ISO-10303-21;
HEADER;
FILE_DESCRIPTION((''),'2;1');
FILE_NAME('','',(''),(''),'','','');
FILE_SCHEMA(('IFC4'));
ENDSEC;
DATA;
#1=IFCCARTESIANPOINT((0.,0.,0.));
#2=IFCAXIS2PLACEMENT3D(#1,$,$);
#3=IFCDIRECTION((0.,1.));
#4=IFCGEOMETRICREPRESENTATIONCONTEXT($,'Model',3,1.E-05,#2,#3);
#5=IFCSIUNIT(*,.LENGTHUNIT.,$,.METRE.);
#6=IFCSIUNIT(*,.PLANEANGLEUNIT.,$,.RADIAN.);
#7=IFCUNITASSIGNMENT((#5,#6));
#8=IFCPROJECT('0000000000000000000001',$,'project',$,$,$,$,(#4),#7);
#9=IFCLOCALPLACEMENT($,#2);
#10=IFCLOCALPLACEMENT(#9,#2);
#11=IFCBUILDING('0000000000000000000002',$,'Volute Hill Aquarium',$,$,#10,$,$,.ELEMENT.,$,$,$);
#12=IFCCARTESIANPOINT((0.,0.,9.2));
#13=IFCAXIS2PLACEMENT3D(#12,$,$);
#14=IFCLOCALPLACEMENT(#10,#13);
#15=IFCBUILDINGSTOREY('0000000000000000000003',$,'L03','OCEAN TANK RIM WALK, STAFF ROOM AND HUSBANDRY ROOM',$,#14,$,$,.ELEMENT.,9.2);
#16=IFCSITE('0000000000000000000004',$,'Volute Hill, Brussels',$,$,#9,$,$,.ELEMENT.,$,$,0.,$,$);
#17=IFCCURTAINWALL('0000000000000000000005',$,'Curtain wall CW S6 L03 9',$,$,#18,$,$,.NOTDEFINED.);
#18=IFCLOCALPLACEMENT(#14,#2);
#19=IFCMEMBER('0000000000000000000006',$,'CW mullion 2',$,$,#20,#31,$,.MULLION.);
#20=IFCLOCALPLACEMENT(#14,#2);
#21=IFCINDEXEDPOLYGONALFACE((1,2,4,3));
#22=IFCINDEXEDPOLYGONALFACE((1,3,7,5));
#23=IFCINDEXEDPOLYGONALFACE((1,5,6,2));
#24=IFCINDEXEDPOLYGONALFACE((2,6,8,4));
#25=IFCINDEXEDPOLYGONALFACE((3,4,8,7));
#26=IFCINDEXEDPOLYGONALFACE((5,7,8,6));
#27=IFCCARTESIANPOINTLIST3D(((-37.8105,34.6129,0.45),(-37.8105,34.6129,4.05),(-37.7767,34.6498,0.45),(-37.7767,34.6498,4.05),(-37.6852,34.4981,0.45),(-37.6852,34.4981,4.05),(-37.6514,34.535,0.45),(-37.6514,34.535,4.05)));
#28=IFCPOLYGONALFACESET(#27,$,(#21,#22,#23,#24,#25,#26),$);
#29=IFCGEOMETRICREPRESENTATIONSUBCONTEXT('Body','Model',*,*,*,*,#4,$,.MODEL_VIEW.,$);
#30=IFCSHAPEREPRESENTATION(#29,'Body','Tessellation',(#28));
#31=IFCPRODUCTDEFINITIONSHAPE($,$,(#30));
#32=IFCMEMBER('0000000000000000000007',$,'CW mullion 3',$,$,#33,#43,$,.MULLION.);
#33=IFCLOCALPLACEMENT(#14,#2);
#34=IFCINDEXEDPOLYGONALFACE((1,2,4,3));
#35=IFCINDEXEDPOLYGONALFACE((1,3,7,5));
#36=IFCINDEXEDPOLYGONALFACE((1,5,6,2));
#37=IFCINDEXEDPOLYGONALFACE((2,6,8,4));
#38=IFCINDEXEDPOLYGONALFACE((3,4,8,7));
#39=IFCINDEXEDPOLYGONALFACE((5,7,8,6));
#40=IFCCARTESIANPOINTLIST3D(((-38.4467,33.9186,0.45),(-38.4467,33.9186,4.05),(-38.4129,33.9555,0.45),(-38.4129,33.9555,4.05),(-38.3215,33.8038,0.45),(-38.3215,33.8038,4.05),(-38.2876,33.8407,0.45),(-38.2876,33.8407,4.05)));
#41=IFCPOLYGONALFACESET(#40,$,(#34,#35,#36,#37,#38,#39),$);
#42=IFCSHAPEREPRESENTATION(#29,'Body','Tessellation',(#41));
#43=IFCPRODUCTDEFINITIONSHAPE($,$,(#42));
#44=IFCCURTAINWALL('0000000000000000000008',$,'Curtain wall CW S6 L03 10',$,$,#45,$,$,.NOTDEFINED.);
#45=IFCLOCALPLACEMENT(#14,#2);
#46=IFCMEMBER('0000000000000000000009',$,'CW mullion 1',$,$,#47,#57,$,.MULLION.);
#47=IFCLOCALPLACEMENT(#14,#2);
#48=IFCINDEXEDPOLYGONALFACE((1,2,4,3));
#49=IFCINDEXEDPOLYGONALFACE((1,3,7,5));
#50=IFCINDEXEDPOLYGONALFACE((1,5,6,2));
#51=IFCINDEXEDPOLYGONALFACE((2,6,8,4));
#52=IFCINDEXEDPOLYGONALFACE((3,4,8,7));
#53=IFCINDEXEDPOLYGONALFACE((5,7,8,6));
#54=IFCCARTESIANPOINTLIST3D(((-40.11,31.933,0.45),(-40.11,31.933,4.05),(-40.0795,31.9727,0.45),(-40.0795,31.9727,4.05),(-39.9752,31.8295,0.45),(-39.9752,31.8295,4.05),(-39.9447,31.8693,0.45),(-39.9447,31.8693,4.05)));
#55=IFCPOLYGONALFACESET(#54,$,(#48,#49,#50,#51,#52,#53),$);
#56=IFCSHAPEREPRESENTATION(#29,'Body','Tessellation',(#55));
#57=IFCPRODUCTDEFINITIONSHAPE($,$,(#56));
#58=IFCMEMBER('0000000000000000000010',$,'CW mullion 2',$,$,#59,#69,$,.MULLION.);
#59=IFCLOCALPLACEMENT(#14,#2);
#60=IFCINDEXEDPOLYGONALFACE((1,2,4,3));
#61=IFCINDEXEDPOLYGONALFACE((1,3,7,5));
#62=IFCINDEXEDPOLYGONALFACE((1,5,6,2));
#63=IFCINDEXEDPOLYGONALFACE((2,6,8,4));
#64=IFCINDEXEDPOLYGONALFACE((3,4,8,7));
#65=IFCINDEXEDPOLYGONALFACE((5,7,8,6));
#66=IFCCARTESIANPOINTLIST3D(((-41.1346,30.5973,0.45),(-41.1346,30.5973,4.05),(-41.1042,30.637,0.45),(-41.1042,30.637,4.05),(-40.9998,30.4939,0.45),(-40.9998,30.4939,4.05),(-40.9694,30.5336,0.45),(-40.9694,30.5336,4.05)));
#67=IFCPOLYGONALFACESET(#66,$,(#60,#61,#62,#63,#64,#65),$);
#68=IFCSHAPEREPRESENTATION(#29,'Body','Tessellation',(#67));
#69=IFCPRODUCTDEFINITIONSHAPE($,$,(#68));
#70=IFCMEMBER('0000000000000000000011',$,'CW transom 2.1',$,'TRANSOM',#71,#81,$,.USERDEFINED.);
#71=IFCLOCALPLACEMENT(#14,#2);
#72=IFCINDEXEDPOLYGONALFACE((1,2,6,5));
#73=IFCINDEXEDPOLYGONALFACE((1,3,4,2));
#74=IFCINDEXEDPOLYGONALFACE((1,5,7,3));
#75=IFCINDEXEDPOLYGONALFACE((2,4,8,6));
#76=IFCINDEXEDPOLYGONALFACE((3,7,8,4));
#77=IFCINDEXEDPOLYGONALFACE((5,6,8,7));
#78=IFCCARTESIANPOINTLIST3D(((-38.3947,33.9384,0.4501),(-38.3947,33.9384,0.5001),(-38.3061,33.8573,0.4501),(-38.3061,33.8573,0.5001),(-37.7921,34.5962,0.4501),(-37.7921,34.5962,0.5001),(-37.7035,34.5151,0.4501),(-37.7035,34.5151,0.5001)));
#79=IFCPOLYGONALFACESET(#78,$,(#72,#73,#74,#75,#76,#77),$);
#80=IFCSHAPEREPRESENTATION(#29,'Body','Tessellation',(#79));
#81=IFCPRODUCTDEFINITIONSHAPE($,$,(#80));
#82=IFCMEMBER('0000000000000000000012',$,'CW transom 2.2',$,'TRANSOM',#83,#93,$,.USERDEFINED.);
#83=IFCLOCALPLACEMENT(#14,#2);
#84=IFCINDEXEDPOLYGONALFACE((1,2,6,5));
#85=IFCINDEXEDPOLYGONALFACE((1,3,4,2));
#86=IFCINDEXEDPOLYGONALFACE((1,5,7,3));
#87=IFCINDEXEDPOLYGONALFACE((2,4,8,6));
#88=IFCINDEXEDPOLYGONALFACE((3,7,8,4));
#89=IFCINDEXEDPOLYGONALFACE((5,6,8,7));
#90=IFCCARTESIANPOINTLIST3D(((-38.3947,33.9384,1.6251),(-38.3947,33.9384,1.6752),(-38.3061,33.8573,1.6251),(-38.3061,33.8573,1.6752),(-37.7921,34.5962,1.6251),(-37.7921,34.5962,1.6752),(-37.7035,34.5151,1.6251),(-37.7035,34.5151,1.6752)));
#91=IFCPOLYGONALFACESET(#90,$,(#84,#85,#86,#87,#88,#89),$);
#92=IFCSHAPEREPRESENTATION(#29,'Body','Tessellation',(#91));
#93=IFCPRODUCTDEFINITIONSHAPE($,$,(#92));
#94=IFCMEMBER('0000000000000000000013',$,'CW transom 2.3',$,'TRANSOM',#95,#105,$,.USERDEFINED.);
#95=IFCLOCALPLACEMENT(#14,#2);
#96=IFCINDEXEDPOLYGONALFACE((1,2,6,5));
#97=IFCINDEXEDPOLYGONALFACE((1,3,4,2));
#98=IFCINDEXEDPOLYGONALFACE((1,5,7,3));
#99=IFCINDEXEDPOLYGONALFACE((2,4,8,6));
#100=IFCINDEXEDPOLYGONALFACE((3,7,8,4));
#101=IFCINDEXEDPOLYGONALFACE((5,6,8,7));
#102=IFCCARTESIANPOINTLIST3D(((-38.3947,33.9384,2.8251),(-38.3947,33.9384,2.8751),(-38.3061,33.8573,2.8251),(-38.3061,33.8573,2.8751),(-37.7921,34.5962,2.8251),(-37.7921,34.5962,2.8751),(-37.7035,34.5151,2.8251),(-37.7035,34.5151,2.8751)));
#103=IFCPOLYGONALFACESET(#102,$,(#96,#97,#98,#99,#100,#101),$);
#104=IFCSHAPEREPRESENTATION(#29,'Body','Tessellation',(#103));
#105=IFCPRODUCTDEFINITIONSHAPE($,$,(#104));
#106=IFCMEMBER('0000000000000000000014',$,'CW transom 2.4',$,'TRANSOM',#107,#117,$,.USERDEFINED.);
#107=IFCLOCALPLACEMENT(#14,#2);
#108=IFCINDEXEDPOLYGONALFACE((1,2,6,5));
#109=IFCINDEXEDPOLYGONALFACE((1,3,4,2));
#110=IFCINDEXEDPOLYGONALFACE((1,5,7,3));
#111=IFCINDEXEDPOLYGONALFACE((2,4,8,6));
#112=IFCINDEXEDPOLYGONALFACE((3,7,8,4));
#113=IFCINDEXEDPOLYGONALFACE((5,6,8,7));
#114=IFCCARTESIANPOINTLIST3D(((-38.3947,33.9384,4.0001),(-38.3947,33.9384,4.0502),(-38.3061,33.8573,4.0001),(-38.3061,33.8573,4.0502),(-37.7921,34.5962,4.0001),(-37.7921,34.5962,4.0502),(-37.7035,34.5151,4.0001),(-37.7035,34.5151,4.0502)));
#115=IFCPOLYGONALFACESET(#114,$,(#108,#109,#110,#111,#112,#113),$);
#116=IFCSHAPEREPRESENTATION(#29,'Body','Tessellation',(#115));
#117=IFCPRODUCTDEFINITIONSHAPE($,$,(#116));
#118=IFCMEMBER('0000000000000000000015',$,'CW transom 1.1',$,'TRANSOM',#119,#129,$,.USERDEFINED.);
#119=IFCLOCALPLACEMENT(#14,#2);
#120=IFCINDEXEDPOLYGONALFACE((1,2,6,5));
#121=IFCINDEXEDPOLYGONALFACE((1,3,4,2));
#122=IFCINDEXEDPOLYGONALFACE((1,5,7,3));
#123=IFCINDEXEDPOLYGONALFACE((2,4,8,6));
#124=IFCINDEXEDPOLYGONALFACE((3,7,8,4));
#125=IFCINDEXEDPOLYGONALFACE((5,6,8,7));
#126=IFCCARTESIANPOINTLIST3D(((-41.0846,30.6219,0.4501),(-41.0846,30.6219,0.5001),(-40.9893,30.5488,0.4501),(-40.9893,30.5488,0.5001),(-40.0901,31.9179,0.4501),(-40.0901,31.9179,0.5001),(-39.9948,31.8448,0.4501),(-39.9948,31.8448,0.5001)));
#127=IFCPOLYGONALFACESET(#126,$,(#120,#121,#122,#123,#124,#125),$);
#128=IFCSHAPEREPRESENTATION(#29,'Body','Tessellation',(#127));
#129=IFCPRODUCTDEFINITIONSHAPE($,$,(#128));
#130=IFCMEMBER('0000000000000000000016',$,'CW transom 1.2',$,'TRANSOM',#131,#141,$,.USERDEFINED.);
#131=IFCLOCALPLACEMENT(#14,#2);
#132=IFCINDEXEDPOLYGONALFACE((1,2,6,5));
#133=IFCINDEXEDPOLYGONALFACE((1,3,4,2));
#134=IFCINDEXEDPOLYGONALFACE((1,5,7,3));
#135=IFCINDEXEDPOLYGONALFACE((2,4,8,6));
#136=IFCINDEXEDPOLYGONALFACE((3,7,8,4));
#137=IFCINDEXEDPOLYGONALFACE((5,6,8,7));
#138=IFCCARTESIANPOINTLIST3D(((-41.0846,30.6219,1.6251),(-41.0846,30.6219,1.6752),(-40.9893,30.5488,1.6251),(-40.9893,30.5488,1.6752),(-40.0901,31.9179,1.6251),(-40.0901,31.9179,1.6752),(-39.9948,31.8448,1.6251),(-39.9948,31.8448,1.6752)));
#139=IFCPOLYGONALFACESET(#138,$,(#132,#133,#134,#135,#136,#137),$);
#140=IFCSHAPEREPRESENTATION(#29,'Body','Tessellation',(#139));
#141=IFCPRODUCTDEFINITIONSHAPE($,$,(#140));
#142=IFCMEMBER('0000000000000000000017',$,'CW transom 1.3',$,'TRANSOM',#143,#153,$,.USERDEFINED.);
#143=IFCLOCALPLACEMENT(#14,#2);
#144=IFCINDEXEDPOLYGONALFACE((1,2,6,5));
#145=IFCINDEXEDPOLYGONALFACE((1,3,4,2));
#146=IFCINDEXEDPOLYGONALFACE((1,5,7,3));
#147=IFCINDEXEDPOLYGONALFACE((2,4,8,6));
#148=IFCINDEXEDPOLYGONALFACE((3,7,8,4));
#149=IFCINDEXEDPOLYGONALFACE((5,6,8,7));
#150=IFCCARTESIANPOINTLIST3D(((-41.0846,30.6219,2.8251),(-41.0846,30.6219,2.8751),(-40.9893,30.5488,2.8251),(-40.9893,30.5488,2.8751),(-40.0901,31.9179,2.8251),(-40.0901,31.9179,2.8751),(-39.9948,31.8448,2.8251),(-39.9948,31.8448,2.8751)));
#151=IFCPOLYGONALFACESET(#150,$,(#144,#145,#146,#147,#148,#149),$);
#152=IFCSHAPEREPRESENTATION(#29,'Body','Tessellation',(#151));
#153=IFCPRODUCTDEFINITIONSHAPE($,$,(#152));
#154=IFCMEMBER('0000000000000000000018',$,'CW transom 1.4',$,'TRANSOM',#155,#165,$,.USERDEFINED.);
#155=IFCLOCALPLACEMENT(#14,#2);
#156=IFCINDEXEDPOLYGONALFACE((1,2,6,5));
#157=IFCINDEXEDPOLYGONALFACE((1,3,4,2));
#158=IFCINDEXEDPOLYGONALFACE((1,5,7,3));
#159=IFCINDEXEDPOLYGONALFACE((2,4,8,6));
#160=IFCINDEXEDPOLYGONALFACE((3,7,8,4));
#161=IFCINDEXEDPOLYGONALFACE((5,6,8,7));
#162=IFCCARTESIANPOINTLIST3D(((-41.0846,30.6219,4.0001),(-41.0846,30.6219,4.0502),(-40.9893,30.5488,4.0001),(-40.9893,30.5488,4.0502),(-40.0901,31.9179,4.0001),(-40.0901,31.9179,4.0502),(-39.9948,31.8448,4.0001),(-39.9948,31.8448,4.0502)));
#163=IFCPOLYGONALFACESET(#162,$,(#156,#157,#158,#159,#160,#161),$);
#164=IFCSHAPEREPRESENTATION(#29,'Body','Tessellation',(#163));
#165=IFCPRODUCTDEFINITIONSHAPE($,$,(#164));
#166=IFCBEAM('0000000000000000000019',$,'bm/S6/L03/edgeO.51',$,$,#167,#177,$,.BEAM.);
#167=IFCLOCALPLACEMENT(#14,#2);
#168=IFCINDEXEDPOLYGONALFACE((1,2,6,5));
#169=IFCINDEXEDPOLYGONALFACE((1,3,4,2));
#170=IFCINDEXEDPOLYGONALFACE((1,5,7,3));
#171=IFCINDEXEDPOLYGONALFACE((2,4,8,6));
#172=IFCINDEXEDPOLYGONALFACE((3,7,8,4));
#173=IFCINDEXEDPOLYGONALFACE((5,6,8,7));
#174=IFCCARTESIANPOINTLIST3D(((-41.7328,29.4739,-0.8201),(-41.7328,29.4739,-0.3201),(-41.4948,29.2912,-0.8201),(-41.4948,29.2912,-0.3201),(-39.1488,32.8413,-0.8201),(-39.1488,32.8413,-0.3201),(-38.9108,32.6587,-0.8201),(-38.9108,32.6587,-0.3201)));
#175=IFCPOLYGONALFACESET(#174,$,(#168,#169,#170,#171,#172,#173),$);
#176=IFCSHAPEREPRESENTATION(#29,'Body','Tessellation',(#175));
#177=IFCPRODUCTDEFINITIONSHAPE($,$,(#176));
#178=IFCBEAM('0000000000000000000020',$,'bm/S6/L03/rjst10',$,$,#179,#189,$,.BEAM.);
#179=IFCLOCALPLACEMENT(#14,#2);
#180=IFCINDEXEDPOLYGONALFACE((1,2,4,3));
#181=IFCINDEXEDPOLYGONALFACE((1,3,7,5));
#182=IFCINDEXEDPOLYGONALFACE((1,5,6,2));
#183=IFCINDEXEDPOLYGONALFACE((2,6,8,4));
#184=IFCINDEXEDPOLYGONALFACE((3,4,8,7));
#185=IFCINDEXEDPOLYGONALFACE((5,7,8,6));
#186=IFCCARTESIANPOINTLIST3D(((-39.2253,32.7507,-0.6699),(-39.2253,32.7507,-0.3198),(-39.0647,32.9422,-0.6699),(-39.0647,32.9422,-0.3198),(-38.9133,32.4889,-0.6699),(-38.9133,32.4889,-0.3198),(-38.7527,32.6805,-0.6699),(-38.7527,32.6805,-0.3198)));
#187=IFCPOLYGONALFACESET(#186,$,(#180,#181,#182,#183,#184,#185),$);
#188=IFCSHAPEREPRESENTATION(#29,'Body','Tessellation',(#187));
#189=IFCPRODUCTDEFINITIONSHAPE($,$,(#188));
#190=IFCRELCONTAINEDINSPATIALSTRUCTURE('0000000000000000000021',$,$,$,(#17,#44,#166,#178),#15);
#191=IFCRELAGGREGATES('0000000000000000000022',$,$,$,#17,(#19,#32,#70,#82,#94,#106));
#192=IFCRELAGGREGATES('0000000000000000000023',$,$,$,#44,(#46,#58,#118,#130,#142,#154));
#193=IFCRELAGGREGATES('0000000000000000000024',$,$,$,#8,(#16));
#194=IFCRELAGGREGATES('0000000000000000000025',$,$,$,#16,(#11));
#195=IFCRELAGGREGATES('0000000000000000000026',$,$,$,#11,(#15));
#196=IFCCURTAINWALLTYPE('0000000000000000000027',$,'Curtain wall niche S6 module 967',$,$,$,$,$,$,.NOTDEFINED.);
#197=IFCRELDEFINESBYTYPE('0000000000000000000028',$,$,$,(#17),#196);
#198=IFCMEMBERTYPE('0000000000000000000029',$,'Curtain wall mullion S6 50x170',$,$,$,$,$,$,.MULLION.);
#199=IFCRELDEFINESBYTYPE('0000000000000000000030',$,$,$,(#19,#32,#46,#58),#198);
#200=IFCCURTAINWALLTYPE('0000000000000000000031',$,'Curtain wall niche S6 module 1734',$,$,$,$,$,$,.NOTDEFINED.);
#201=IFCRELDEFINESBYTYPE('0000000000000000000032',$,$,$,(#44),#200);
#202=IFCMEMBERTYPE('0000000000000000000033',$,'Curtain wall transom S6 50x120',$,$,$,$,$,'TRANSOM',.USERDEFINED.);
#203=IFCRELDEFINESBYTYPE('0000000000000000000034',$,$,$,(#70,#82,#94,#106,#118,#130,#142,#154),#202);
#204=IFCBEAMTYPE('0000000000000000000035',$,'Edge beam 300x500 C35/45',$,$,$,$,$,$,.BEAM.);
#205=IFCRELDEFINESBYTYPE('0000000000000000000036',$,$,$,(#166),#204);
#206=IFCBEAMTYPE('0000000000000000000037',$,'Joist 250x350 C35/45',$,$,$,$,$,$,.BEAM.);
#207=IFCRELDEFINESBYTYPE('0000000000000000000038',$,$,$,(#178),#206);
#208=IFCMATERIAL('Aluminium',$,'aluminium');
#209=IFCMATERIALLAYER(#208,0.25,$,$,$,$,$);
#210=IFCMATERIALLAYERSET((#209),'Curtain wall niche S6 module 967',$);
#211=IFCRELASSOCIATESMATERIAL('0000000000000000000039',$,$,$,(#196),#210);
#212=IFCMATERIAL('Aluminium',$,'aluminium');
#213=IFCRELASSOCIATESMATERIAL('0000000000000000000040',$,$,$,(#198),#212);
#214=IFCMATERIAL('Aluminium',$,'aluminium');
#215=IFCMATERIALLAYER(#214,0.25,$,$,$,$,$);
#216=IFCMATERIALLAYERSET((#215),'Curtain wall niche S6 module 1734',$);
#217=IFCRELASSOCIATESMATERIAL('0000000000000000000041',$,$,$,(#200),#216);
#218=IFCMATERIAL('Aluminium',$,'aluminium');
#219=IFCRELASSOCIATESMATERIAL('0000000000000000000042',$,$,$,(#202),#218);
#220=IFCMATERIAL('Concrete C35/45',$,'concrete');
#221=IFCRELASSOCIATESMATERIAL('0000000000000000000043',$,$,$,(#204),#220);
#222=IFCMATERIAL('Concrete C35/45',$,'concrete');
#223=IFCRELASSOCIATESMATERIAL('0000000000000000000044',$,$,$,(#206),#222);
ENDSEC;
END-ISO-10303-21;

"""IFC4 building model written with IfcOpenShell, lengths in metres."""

from ifc_helpers import new_model, si_unit, direction, frame, origin, origin_2d, place, context, subcontext, project, spatial, rectangle, extrude, material, layer, layer_set, material_profile, profile_set, type_object, element, aggregate, save


model = new_model("IFC4")

# Units and contexts
model_context = context("Model", 3, precision=1e-05, world=origin(), true_north=direction((0.0, 1.0)))
body_context = subcontext(model_context, "Body", "Model", "MODEL_VIEW")
ifc_project = project(units=[si_unit("LENGTHUNIT", "METRE"), si_unit("PLANEANGLEUNIT", "RADIAN")], contexts=[model_context])

# Site, building, storey
site_placement = place(None, origin())
site = spatial("IfcSite", under=ifc_project, at=site_placement, Name="Volute Hill, Brussels", CompositionType="ELEMENT", RefElevation=0.0)
building_placement = place(site_placement, origin())
building = spatial("IfcBuilding", under=site, at=building_placement, Name="Volute Hill Aquarium", CompositionType="ELEMENT")
storey_placement = place(building_placement, frame((0.0, 0.0, 9.2)))
storey = spatial("IfcBuildingStorey", under=building, at=storey_placement, Name="L03", Description="OCEAN TANK RIM WALK, STAFF ROOM AND HUSBANDRY ROOM", CompositionType="ELEMENT", Elevation=9.2)

# Curtain walls, members
ifc_material_1 = material(Name="Aluminium", Category="aluminium")
ifc_layer_1 = layer(ifc_material_1, 0.25)
ifc_layer_set_1 = layer_set([ifc_layer_1], Name="Curtain wall niche S6 module 967")
curtain_wall_type_1 = type_object("IfcCurtainWallType", Name="Curtain wall niche S6 module 967", PredefinedType="NOTDEFINED", material=ifc_layer_set_1)
curtain_wall_1_placement = place(storey_placement, origin())
curtain_wall_1 = element("IfcCurtainWall", 1, at=curtain_wall_1_placement, inside=storey, type_object=curtain_wall_type_1, Name="Curtain wall CW S6 L03 9", PredefinedType="NOTDEFINED")
ifc_material_2 = material(Name="Aluminium", Category="aluminium")
ifc_material_profile_1 = material_profile(ifc_material_2, rectangle(XDim=0.1699, YDim=0.05, at=origin_2d()), Name="Curtain wall mullion S6 50x170")
ifc_profile_set_1 = profile_set([ifc_material_profile_1], Name="Aluminium")
member_type_1 = type_object("IfcMemberType", Name="Curtain wall mullion S6 50x170", PredefinedType="MULLION", material=ifc_profile_set_1)
member_1_placement = place(storey_placement, frame((-37.731, 34.574, 0.45), z_axis=(0.0, 0.0, 1.0), x_axis=(0.737285, -0.675582, 0.0)))
member_1 = element("IfcMember", 2, at=member_1_placement, type_object=member_type_1, Name="CW mullion 2", PredefinedType="MULLION", context=body_context, shape_type="SweptSolid", body=[
    extrude(rectangle(XDim=0.1699, YDim=0.05, at=origin_2d()), origin(), (0.0, 0.0, 1.0), 3.6001),
])
member_2_placement = place(storey_placement, frame((-38.3672, 33.8796, 0.45), z_axis=(0.0, 0.0, 1.0), x_axis=(0.737285, -0.675582, 0.0)))
member_2 = element("IfcMember", 3, at=member_2_placement, type_object=member_type_1, Name="CW mullion 3", PredefinedType="MULLION", context=body_context, shape_type="SweptSolid", body=[
    extrude(rectangle(XDim=0.1699, YDim=0.05, at=origin_2d()), origin(), (0.0, 0.0, 1.0), 3.6001),
])
ifc_material_3 = material(Name="Aluminium", Category="aluminium")
ifc_layer_2 = layer(ifc_material_3, 0.25)
ifc_layer_set_2 = layer_set([ifc_layer_2], Name="Curtain wall niche S6 module 1734")
curtain_wall_type_2 = type_object("IfcCurtainWallType", Name="Curtain wall niche S6 module 1734", PredefinedType="NOTDEFINED", material=ifc_layer_set_2)
curtain_wall_2_placement = place(storey_placement, origin())
curtain_wall_2 = element("IfcCurtainWall", 4, at=curtain_wall_2_placement, inside=storey, type_object=curtain_wall_type_2, Name="Curtain wall CW S6 L03 10", PredefinedType="NOTDEFINED")
member_3_placement = place(storey_placement, frame((-40.0273, 31.9011, 0.45), z_axis=(0.0, 0.0, 1.0), x_axis=(0.793349, -0.608767, 0.0)))
member_3 = element("IfcMember", 5, at=member_3_placement, type_object=member_type_1, Name="CW mullion 1", PredefinedType="MULLION", context=body_context, shape_type="SweptSolid", body=[
    extrude(rectangle(XDim=0.1699, YDim=0.05, at=origin_2d()), origin(), (0.0, 0.0, 1.0), 3.6001),
])
member_4_placement = place(storey_placement, frame((-41.052, 30.5654, 0.45), z_axis=(0.0, 0.0, 1.0), x_axis=(0.793349, -0.608767, 0.0)))
member_4 = element("IfcMember", 6, at=member_4_placement, type_object=member_type_1, Name="CW mullion 2", PredefinedType="MULLION", context=body_context, shape_type="SweptSolid", body=[
    extrude(rectangle(XDim=0.1699, YDim=0.05, at=origin_2d()), origin(), (0.0, 0.0, 1.0), 3.6001),
])

# Members
ifc_material_4 = material(Name="Aluminium", Category="aluminium")
ifc_material_profile_2 = material_profile(ifc_material_4, rectangle(XDim=0.1201, YDim=0.05, at=origin_2d()), Name="Curtain wall transom S6 50x120")
ifc_profile_set_2 = profile_set([ifc_material_profile_2], Name="Aluminium")
member_type_2 = type_object("IfcMemberType", Name="Curtain wall transom S6 50x120", ElementType="TRANSOM", PredefinedType="USERDEFINED", material=ifc_profile_set_2)
member_5_placement = place(storey_placement, frame((-37.7478, 34.5557, 0.4751), z_axis=(-0.675502, -0.737359, 0.0), x_axis=(0.737359, -0.675502, 0.0)))
member_5 = element("IfcMember", 7, at=member_5_placement, type_object=member_type_2, Name="CW transom 2.1", ObjectType="TRANSOM", PredefinedType="USERDEFINED", context=body_context, shape_type="SweptSolid", body=[
    extrude(rectangle(XDim=0.1201, YDim=0.05, at=origin_2d()), origin(), (0.0, 0.0, 1.0), 0.8921),
])
member_6_placement = place(storey_placement, frame((-37.7478, 34.5557, 1.6501), z_axis=(-0.675502, -0.737359, 0.0), x_axis=(0.737359, -0.675502, 0.0)))
member_6 = element("IfcMember", 8, at=member_6_placement, type_object=member_type_2, Name="CW transom 2.2", ObjectType="TRANSOM", PredefinedType="USERDEFINED", context=body_context, shape_type="SweptSolid", body=[
    extrude(rectangle(XDim=0.1201, YDim=0.05, at=origin_2d()), origin(), (0.0, 0.0, 1.0), 0.8921),
])
member_7_placement = place(storey_placement, frame((-37.7478, 34.5557, 2.8501), z_axis=(-0.675502, -0.737359, 0.0), x_axis=(0.737359, -0.675502, 0.0)))
member_7 = element("IfcMember", 9, at=member_7_placement, type_object=member_type_2, Name="CW transom 2.3", ObjectType="TRANSOM", PredefinedType="USERDEFINED", context=body_context, shape_type="SweptSolid", body=[
    extrude(rectangle(XDim=0.1201, YDim=0.05, at=origin_2d()), origin(), (0.0, 0.0, 1.0), 0.8921),
])
member_8_placement = place(storey_placement, frame((-37.7478, 34.5557, 4.0251), z_axis=(-0.675502, -0.737359, 0.0), x_axis=(0.737359, -0.675502, 0.0)))
member_8 = element("IfcMember", 10, at=member_8_placement, type_object=member_type_2, Name="CW transom 2.4", ObjectType="TRANSOM", PredefinedType="USERDEFINED", context=body_context, shape_type="SweptSolid", body=[
    extrude(rectangle(XDim=0.1201, YDim=0.05, at=origin_2d()), origin(), (0.0, 0.0, 1.0), 0.8921),
])
member_9_placement = place(storey_placement, frame((-40.0425, 31.8813, 0.4751), z_axis=(-0.608764, -0.793351, 0.0), x_axis=(0.793351, -0.608764, 0.0)))
member_9 = element("IfcMember", 11, at=member_9_placement, type_object=member_type_2, Name="CW transom 1.1", ObjectType="TRANSOM", PredefinedType="USERDEFINED", context=body_context, shape_type="SweptSolid", body=[
    extrude(rectangle(XDim=0.1201, YDim=0.05, at=origin_2d()), origin(), (0.0, 0.0, 1.0), 1.6335),
])
member_10_placement = place(storey_placement, frame((-40.0425, 31.8813, 1.6501), z_axis=(-0.608764, -0.793351, 0.0), x_axis=(0.793351, -0.608764, 0.0)))
member_10 = element("IfcMember", 12, at=member_10_placement, type_object=member_type_2, Name="CW transom 1.2", ObjectType="TRANSOM", PredefinedType="USERDEFINED", context=body_context, shape_type="SweptSolid", body=[
    extrude(rectangle(XDim=0.1201, YDim=0.05, at=origin_2d()), origin(), (0.0, 0.0, 1.0), 1.6335),
])
member_11_placement = place(storey_placement, frame((-40.0425, 31.8813, 2.8501), z_axis=(-0.608764, -0.793351, 0.0), x_axis=(0.793351, -0.608764, 0.0)))
member_11 = element("IfcMember", 13, at=member_11_placement, type_object=member_type_2, Name="CW transom 1.3", ObjectType="TRANSOM", PredefinedType="USERDEFINED", context=body_context, shape_type="SweptSolid", body=[
    extrude(rectangle(XDim=0.1201, YDim=0.05, at=origin_2d()), origin(), (0.0, 0.0, 1.0), 1.6335),
])
member_12_placement = place(storey_placement, frame((-40.0425, 31.8813, 4.0251), z_axis=(-0.608764, -0.793351, 0.0), x_axis=(0.793351, -0.608764, 0.0)))
member_12 = element("IfcMember", 14, at=member_12_placement, type_object=member_type_2, Name="CW transom 1.4", ObjectType="TRANSOM", PredefinedType="USERDEFINED", context=body_context, shape_type="SweptSolid", body=[
    extrude(rectangle(XDim=0.1201, YDim=0.05, at=origin_2d()), origin(), (0.0, 0.0, 1.0), 1.6335),
])

# Beams
ifc_material_5 = material(Name="Concrete C35/45", Category="concrete")
ifc_material_profile_3 = material_profile(ifc_material_5, rectangle(XDim=0.3, YDim=0.5, at=origin_2d()), Name="RC edge beam 300x500")
ifc_profile_set_3 = profile_set([ifc_material_profile_3], Name="Concrete C35/45")
beam_type_1 = type_object("IfcBeamType", Name="Edge beam 300x500 C35/45", PredefinedType="BEAM", material=ifc_profile_set_3)
beam_1_placement = place(storey_placement, frame((-39.0298, 32.75, -0.5701), z_axis=(-0.608771, -0.793346, 0.0), x_axis=(0.793346, -0.608771, 0.0)))
element("IfcBeam", 15, at=beam_1_placement, inside=storey, type_object=beam_type_1, Name="bm/S6/L03/edgeO.51", PredefinedType="BEAM", context=body_context, shape_type="SweptSolid", body=[
    extrude(rectangle(XDim=0.3, YDim=0.5, at=origin_2d()), origin(), (0.0, 0.0, 1.0), 4.2446),
])
ifc_material_6 = material(Name="Concrete C35/45", Category="concrete")
ifc_material_profile_4 = material_profile(ifc_material_6, rectangle(XDim=0.25, YDim=0.3501, at=origin_2d()), Name="RC joist 250x350")
ifc_profile_set_4 = profile_set([ifc_material_profile_4], Name="Concrete C35/45")
beam_type_2 = type_object("IfcBeamType", Name="Joist 250x350 C35/45", PredefinedType="BEAM", material=ifc_profile_set_4)
beam_2_placement = place(storey_placement, frame((-38.833, 32.5847, -0.4949), z_axis=(-0.766153, 0.642658, 0.0), x_axis=(-0.642658, -0.766153, 0.0)))
element("IfcBeam", 16, at=beam_2_placement, inside=storey, type_object=beam_type_2, Name="bm/S6/L03/rjst10", PredefinedType="BEAM", context=body_context, shape_type="SweptSolid", body=[
    extrude(rectangle(XDim=0.25, YDim=0.3501, at=origin_2d()), origin(), (0.0, 0.0, 1.0), 0.4072),
])

aggregate(curtain_wall_1, [member_1, member_2, member_5, member_6, member_7, member_8])
aggregate(curtain_wall_2, [member_3, member_4, member_9, member_10, member_11, member_12])

save(model, "model.ifc")
